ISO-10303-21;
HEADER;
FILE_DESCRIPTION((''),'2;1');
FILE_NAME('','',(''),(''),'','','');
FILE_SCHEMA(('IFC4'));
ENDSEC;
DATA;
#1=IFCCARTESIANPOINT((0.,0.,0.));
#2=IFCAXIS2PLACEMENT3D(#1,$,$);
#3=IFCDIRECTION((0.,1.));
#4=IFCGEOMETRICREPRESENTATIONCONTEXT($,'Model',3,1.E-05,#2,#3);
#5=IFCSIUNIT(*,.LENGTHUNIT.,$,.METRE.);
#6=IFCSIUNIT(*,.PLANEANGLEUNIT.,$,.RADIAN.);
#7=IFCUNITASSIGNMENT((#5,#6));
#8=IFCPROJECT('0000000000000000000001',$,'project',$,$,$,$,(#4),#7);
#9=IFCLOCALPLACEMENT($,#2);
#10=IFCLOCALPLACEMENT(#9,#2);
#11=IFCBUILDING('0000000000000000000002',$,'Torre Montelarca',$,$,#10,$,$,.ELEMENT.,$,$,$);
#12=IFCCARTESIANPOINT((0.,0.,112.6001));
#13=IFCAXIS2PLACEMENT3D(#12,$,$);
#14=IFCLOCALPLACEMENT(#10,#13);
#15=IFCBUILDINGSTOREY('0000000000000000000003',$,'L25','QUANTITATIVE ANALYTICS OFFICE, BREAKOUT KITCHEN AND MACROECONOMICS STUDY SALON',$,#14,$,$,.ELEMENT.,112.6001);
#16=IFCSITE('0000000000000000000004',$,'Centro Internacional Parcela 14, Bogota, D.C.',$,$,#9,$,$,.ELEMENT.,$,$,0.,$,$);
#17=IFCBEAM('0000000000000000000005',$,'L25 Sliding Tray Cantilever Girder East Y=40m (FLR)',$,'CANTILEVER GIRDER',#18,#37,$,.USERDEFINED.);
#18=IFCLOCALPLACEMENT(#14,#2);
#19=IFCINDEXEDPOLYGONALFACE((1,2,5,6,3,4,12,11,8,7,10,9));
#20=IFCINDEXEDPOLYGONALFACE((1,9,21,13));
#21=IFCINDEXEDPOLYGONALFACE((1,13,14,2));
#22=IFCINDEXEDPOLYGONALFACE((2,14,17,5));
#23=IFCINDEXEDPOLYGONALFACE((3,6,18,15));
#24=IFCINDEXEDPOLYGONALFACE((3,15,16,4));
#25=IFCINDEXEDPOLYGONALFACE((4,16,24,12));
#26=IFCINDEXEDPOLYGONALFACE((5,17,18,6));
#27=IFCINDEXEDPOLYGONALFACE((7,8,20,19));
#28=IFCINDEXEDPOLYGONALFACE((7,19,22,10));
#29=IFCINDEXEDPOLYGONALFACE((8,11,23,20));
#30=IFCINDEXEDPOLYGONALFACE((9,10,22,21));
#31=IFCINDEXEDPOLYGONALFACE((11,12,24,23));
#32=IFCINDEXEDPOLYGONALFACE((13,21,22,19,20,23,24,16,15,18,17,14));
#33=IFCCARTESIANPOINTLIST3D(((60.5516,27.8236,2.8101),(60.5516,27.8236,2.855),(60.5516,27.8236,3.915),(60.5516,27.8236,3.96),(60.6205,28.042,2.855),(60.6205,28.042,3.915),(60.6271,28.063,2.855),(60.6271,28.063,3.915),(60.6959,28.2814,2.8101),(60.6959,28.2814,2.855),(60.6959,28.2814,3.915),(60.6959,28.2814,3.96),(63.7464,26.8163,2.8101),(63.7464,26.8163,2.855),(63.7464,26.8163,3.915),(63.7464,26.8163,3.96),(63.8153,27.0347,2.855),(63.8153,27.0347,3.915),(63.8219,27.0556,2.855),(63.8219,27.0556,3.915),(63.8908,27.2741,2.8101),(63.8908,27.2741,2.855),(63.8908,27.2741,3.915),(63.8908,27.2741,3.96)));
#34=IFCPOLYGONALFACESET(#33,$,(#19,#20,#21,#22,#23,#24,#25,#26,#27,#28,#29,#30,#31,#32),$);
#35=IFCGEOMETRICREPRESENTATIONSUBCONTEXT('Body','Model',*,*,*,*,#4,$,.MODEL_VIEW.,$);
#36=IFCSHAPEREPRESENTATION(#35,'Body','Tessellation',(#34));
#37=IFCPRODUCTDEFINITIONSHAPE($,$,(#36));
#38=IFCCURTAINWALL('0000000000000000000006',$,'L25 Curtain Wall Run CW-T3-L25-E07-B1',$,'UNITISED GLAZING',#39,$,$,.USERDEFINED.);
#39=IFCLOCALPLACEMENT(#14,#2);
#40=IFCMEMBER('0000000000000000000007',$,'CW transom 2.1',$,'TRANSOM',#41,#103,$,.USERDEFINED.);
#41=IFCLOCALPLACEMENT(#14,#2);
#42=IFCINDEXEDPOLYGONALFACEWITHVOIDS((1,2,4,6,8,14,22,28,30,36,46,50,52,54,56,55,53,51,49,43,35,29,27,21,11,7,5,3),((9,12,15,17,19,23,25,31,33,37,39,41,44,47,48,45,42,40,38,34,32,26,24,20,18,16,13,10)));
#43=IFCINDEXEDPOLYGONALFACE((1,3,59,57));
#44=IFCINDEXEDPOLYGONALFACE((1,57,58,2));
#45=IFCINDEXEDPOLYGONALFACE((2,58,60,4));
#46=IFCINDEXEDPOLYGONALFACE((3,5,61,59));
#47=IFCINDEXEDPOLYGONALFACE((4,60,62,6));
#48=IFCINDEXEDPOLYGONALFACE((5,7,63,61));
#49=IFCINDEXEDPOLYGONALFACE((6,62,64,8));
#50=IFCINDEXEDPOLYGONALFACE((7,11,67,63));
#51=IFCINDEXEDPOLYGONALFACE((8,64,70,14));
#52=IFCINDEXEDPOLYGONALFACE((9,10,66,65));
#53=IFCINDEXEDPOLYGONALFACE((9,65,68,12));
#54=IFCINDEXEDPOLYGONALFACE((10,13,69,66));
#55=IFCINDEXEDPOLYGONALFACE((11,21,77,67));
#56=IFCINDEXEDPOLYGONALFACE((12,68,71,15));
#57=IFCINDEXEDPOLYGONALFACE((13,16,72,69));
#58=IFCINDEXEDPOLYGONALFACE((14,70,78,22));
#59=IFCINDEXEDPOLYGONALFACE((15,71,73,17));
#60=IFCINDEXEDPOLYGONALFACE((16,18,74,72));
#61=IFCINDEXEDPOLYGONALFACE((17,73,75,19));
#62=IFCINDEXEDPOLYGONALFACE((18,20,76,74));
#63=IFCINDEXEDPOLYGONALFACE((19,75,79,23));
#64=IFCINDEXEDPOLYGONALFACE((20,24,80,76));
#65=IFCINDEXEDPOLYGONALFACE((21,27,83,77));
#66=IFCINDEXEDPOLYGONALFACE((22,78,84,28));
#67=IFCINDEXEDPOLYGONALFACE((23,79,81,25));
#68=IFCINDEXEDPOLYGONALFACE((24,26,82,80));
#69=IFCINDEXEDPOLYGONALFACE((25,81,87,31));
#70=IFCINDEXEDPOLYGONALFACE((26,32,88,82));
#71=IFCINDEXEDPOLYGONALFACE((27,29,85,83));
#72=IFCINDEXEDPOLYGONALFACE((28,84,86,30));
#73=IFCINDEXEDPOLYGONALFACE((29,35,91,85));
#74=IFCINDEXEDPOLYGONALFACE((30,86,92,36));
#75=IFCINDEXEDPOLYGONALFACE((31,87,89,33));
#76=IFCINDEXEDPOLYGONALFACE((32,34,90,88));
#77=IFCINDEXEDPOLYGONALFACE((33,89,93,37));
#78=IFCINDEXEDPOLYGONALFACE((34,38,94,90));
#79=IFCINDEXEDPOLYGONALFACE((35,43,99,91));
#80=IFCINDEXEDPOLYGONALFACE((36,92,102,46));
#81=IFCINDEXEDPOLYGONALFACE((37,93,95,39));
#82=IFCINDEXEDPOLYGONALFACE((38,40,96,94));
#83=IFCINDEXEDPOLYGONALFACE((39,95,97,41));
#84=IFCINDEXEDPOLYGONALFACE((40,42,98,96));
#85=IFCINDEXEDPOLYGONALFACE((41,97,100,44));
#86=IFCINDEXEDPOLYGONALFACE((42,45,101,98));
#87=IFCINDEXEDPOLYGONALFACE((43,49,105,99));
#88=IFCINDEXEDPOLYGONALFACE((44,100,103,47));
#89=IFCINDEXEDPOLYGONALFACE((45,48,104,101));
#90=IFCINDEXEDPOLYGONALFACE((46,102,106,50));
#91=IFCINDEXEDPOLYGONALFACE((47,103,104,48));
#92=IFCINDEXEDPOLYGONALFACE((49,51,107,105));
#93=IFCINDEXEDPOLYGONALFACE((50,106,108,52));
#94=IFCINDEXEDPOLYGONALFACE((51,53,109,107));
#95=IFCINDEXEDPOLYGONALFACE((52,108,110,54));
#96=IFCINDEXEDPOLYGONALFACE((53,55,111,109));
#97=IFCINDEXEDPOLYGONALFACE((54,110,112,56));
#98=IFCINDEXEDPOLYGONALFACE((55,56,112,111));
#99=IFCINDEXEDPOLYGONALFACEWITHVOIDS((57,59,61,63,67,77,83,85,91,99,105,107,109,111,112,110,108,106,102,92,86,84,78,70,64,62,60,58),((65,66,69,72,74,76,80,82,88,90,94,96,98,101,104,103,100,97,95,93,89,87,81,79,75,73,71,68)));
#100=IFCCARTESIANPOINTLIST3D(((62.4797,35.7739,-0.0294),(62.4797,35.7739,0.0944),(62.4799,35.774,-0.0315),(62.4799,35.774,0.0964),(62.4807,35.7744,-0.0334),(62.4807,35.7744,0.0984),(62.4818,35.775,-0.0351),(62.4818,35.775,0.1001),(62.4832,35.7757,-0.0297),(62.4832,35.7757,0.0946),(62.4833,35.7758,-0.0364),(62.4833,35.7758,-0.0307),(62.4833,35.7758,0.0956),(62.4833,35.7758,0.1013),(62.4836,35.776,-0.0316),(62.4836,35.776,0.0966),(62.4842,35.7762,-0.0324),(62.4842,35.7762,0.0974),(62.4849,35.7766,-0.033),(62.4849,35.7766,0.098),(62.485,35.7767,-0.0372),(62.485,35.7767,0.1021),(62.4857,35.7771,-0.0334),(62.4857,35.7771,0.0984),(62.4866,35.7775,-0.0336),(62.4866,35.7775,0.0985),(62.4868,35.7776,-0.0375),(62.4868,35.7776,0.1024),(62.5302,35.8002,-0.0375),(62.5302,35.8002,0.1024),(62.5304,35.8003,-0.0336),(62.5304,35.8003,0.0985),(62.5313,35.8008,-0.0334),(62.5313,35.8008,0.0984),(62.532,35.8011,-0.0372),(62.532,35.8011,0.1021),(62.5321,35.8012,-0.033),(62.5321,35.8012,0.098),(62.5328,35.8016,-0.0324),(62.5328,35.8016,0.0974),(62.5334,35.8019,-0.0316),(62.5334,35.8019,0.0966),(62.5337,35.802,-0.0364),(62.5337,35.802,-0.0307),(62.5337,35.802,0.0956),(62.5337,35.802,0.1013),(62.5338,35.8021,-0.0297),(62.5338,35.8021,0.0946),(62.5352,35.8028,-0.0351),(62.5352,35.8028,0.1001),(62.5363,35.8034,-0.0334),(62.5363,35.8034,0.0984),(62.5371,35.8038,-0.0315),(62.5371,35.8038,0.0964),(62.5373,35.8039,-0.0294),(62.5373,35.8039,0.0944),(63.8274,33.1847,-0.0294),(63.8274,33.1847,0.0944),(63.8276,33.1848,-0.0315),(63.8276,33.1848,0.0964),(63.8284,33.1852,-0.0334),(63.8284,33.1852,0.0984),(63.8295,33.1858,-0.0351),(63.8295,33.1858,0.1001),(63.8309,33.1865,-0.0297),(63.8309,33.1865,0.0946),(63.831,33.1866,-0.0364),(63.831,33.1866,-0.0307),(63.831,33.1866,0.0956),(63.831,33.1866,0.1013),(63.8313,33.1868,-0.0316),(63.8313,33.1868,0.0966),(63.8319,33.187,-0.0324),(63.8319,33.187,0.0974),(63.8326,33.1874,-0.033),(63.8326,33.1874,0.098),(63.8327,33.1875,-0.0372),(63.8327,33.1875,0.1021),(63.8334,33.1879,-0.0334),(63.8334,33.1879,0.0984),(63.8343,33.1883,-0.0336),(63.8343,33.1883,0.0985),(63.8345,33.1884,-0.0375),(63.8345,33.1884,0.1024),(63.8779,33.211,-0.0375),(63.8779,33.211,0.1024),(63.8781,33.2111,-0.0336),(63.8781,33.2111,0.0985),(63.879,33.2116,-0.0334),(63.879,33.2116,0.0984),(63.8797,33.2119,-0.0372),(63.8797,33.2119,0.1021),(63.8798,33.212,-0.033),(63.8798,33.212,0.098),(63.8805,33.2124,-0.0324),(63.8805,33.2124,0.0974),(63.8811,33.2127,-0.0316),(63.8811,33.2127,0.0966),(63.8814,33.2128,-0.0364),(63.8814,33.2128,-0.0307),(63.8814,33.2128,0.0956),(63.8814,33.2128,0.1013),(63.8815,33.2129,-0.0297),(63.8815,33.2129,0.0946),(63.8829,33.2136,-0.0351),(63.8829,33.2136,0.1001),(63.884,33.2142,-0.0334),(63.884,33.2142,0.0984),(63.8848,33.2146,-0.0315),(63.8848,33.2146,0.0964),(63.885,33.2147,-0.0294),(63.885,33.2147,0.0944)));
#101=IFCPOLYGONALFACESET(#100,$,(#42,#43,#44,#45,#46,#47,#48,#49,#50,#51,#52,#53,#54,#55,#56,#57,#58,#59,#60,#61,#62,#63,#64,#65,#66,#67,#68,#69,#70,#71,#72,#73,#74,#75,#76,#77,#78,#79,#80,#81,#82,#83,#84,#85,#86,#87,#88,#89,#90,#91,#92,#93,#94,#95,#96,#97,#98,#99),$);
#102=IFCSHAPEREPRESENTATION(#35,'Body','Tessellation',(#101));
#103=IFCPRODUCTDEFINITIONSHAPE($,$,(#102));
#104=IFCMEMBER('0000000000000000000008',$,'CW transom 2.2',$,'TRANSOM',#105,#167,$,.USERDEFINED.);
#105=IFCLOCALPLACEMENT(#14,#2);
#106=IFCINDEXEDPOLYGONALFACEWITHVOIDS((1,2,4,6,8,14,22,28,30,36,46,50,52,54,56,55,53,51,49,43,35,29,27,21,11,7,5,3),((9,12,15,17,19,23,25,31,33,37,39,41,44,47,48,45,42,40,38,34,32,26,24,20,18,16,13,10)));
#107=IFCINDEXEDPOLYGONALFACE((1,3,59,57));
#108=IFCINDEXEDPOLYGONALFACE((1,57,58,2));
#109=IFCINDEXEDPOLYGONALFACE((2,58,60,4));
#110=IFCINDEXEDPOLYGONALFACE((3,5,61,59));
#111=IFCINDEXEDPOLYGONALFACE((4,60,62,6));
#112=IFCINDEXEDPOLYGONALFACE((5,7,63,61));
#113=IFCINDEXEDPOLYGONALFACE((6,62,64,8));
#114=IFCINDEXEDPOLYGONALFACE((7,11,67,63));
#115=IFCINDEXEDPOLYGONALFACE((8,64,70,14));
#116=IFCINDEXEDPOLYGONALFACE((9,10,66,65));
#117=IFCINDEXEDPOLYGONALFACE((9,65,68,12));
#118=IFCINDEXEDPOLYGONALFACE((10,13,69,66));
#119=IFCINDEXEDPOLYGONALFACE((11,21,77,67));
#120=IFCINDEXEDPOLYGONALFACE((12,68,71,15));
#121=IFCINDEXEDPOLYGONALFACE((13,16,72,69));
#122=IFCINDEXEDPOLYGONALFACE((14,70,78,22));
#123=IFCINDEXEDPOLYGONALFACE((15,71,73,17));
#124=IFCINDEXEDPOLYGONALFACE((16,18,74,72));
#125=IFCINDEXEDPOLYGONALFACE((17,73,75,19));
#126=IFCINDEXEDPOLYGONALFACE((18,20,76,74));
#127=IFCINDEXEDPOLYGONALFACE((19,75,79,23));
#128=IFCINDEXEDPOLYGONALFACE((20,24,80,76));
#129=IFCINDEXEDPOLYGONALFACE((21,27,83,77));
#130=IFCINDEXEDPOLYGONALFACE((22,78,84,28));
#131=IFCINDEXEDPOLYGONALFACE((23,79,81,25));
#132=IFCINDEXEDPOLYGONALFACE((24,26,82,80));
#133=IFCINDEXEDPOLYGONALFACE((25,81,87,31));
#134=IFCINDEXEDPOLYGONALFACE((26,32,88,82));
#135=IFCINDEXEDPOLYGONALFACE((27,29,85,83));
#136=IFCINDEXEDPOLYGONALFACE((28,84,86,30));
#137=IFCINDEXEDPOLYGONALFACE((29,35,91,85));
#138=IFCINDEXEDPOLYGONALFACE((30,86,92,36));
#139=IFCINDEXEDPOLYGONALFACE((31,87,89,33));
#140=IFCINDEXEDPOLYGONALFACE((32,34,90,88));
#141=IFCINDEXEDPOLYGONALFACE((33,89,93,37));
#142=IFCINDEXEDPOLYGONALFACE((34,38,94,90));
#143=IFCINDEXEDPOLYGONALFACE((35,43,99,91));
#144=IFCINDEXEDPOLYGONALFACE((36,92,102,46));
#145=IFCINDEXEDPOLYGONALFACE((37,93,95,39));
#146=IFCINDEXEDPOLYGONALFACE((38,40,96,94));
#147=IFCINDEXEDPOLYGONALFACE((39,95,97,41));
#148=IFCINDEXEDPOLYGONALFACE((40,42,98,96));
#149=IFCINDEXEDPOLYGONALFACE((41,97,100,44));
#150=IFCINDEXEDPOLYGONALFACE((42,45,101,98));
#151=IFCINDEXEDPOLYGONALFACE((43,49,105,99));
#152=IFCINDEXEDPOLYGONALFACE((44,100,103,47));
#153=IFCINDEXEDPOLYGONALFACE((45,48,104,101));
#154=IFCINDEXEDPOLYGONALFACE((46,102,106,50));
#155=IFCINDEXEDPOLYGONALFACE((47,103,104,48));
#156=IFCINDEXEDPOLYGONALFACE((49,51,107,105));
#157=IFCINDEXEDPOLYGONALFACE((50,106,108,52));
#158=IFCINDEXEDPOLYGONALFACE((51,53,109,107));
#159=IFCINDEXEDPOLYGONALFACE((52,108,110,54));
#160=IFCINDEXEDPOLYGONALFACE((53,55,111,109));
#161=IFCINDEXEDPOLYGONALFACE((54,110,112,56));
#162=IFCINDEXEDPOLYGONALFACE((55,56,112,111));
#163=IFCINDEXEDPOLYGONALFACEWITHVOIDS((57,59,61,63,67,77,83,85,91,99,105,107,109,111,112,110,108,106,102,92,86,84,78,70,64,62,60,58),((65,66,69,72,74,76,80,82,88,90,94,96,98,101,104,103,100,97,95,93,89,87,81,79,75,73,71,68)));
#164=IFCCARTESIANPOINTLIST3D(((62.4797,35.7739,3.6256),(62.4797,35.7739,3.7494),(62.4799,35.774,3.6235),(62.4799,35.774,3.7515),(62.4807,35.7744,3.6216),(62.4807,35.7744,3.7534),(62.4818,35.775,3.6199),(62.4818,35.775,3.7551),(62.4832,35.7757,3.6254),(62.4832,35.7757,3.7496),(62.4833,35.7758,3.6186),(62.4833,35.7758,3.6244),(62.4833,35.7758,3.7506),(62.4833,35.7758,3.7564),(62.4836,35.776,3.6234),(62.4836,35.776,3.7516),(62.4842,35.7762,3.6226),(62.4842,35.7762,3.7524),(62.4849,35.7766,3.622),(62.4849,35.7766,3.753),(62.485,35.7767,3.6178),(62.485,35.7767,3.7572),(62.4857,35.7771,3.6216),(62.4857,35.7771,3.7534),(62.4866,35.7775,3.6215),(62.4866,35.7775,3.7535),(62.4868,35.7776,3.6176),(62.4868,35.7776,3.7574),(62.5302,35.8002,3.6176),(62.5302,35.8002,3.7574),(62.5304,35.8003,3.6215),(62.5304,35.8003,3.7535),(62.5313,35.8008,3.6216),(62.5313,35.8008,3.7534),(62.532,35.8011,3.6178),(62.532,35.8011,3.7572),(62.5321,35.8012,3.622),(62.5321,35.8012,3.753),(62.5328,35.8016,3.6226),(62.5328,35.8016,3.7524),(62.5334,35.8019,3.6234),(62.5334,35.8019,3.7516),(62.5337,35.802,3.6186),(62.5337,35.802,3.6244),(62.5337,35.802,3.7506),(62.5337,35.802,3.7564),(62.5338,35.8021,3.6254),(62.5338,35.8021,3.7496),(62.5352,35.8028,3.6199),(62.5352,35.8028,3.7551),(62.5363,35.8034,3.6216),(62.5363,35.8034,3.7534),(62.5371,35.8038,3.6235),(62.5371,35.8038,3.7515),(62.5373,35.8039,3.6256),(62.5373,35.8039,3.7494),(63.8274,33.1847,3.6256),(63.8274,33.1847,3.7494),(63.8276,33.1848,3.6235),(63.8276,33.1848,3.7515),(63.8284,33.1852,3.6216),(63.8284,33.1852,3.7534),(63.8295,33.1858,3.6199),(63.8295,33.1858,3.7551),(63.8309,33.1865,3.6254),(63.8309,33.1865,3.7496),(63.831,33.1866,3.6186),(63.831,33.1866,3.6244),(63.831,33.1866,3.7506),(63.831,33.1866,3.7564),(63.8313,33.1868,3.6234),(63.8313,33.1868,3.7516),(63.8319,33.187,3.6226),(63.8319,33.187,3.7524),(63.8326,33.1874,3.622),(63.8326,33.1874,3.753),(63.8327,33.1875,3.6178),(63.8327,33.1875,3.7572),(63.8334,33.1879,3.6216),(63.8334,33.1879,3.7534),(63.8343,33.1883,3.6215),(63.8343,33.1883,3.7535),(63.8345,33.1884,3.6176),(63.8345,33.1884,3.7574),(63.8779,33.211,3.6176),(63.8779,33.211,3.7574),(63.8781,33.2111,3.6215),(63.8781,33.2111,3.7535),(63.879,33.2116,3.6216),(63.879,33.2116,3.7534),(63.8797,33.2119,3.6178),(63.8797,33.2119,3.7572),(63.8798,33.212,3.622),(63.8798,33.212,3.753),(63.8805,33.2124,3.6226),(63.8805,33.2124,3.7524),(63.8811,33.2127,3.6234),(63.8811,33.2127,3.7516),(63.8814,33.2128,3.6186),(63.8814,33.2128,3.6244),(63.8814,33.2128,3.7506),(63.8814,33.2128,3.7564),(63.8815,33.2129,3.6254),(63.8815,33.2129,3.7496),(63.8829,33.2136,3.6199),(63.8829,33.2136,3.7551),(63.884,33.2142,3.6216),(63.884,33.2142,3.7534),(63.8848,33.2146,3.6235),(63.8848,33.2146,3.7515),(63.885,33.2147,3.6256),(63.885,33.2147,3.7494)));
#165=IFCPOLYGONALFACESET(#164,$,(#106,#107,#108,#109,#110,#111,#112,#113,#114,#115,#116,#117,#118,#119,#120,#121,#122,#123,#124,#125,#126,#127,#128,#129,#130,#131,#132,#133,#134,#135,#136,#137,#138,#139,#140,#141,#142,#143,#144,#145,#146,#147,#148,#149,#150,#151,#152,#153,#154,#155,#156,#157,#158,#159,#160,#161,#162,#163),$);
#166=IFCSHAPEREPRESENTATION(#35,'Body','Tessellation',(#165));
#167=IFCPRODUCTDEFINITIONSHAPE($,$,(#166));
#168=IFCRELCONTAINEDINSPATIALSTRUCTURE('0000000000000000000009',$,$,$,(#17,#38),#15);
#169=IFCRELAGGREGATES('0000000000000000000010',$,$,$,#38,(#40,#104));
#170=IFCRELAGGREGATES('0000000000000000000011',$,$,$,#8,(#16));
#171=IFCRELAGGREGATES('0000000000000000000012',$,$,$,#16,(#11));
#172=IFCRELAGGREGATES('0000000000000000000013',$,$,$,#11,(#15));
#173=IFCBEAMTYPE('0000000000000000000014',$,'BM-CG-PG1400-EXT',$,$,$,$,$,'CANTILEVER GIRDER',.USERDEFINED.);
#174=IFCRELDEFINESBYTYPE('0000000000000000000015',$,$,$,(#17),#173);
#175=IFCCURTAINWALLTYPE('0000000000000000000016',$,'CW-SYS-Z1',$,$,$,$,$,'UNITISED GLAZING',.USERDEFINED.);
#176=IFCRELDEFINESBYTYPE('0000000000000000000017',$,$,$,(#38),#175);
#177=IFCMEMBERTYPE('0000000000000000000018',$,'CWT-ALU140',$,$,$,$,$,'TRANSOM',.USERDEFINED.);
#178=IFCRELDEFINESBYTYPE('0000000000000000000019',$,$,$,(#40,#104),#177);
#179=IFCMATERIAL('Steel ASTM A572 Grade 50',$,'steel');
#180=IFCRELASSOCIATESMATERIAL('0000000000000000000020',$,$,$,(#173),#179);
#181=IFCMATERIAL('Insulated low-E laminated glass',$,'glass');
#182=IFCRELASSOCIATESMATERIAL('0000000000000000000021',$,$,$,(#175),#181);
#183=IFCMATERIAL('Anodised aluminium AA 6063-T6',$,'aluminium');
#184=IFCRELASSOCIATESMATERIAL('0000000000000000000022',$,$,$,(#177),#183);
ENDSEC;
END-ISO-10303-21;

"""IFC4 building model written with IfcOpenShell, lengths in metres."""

from ifc_helpers import new_model, si_unit, direction, frame, origin, origin_2d, place, context, subcontext, project, spatial, hollow_rectangle, i_section, extrude, source, transform, mapped, material, material_profile, profile_set, type_object, element, aggregate, save


model = new_model("IFC4")

# Units and contexts
model_context = context("Model", 3, precision=1e-05, world=origin(), true_north=direction((0.0, 1.0)))
body_context = subcontext(model_context, "Body", "Model", "MODEL_VIEW")
ifc_project = project(units=[si_unit("LENGTHUNIT", "METRE"), si_unit("PLANEANGLEUNIT", "RADIAN")], contexts=[model_context])

# Site, building, storey
site_placement = place(None, origin())
site = spatial("IfcSite", under=ifc_project, at=site_placement, Name="Centro Internacional Parcela 14, Bogota, D.C.", CompositionType="ELEMENT", RefElevation=0.0)
building_placement = place(site_placement, origin())
building = spatial("IfcBuilding", under=site, at=building_placement, Name="Torre Montelarca", CompositionType="ELEMENT")
storey_placement = place(building_placement, frame((0.0, 0.0, 112.6001)))
storey = spatial("IfcBuildingStorey", under=building, at=storey_placement, Name="L25", Description="QUANTITATIVE ANALYTICS OFFICE, BREAKOUT KITCHEN AND MACROECONOMICS STUDY SALON", CompositionType="ELEMENT", Elevation=112.6001)

# Beam
ifc_material_1 = material(Name="Steel ASTM A572 Grade 50", Category="steel")
ifc_material_profile_1 = material_profile(ifc_material_1, i_section(OverallWidth=0.48, OverallDepth=1.1499, WebThickness=0.022, FlangeThickness=0.0449, at=origin_2d()), Name="PG1150X480X22X45", Category="steel")
ifc_profile_set_1 = profile_set([ifc_material_profile_1], Name="Steel ASTM A572 Grade 50")
beam_type_1 = type_object("IfcBeamType", Name="BM-CG-PG1400-EXT", ElementType="CANTILEVER GIRDER", PredefinedType="USERDEFINED", material=ifc_profile_set_1)
shared_shape_1 = source(origin(), body_context, "Body", "SweptSolid", [
    extrude(i_section(OverallWidth=0.48, OverallDepth=1.1499, WebThickness=0.022, FlangeThickness=0.0449, at=origin_2d()), origin(), (0.0, 0.0, 1.0), 3.3499),
])
beam_placement = place(storey_placement, frame((60.6238, 28.0525, 3.385), z_axis=(0.953717, -0.300706, 0.0), x_axis=(0.300706, 0.953717, 0.0)))
element("IfcBeam", 1, at=beam_placement, inside=storey, type_object=beam_type_1, Name="L25 Sliding Tray Cantilever Girder East Y=40m (FLR)", ObjectType="CANTILEVER GIRDER", PredefinedType="USERDEFINED", context=body_context, shape_type="MappedRepresentation", body=[
    mapped(shared_shape_1, transform((0.0, 0.0, 0.0), scale=1.0)),
])

# Curtain wall, members
ifc_material_2 = material(Name="Insulated low-E laminated glass", Category="glass")
curtain_wall_type = type_object("IfcCurtainWallType", Name="CW-SYS-Z1", ElementType="UNITISED GLAZING", PredefinedType="USERDEFINED", material=ifc_material_2)
curtain_wall_1_placement = place(storey_placement, origin())
curtain_wall_1 = element("IfcCurtainWall", 2, at=curtain_wall_1_placement, inside=storey, type_object=curtain_wall_type, Name="L25 Curtain Wall Run CW-T3-L25-E07-B1", ObjectType="UNITISED GLAZING", PredefinedType="USERDEFINED")
ifc_material_3 = material(Name="Anodised aluminium AA 6063-T6", Category="aluminium")
ifc_material_profile_2 = material_profile(ifc_material_3, hollow_rectangle(XDim=0.0649, YDim=0.1399, WallThickness=0.0039, InnerFilletRadius=0.0039, OuterFilletRadius=0.0081, at=origin_2d()), Name="ALU65X140X4", Category="aluminium")
ifc_profile_set_2 = profile_set([ifc_material_profile_2], Name="Anodised aluminium AA 6063-T6")
member_type_1 = type_object("IfcMemberType", Name="CWT-ALU140", ElementType="TRANSOM", PredefinedType="USERDEFINED", material=ifc_profile_set_2)
shared_shape_2 = source(origin(), body_context, "Body", "SweptSolid", [
    extrude(hollow_rectangle(XDim=0.0649, YDim=0.1399, WallThickness=0.0039, InnerFilletRadius=0.0039, OuterFilletRadius=0.0081, at=origin_2d()), origin(), (0.0, 0.0, 1.0), 2.9189),
])
member_1_placement = place(storey_placement, frame((63.8562, 33.1997, 0.0325), z_axis=(-0.461708, 0.887032, 0.0), x_axis=(-0.887032, -0.461708, 0.0)))
member_1 = element("IfcMember", 3, at=member_1_placement, type_object=member_type_1, Name="CW transom 2.1", ObjectType="TRANSOM", PredefinedType="USERDEFINED", context=body_context, shape_type="MappedRepresentation", body=[
    mapped(shared_shape_2, transform((0.0, 0.0, 0.0), scale=1.0)),
])
member_2_placement = place(storey_placement, frame((63.8562, 33.1997, 3.6875), z_axis=(-0.461708, 0.887032, 0.0), x_axis=(-0.887032, -0.461708, 0.0)))
member_2 = element("IfcMember", 4, at=member_2_placement, type_object=member_type_1, Name="CW transom 2.2", ObjectType="TRANSOM", PredefinedType="USERDEFINED", context=body_context, shape_type="MappedRepresentation", body=[
    mapped(shared_shape_2, transform((0.0, 0.0, 0.0), scale=1.0)),
])

aggregate(curtain_wall_1, [member_1, member_2])

save(model, "model.ifc")
